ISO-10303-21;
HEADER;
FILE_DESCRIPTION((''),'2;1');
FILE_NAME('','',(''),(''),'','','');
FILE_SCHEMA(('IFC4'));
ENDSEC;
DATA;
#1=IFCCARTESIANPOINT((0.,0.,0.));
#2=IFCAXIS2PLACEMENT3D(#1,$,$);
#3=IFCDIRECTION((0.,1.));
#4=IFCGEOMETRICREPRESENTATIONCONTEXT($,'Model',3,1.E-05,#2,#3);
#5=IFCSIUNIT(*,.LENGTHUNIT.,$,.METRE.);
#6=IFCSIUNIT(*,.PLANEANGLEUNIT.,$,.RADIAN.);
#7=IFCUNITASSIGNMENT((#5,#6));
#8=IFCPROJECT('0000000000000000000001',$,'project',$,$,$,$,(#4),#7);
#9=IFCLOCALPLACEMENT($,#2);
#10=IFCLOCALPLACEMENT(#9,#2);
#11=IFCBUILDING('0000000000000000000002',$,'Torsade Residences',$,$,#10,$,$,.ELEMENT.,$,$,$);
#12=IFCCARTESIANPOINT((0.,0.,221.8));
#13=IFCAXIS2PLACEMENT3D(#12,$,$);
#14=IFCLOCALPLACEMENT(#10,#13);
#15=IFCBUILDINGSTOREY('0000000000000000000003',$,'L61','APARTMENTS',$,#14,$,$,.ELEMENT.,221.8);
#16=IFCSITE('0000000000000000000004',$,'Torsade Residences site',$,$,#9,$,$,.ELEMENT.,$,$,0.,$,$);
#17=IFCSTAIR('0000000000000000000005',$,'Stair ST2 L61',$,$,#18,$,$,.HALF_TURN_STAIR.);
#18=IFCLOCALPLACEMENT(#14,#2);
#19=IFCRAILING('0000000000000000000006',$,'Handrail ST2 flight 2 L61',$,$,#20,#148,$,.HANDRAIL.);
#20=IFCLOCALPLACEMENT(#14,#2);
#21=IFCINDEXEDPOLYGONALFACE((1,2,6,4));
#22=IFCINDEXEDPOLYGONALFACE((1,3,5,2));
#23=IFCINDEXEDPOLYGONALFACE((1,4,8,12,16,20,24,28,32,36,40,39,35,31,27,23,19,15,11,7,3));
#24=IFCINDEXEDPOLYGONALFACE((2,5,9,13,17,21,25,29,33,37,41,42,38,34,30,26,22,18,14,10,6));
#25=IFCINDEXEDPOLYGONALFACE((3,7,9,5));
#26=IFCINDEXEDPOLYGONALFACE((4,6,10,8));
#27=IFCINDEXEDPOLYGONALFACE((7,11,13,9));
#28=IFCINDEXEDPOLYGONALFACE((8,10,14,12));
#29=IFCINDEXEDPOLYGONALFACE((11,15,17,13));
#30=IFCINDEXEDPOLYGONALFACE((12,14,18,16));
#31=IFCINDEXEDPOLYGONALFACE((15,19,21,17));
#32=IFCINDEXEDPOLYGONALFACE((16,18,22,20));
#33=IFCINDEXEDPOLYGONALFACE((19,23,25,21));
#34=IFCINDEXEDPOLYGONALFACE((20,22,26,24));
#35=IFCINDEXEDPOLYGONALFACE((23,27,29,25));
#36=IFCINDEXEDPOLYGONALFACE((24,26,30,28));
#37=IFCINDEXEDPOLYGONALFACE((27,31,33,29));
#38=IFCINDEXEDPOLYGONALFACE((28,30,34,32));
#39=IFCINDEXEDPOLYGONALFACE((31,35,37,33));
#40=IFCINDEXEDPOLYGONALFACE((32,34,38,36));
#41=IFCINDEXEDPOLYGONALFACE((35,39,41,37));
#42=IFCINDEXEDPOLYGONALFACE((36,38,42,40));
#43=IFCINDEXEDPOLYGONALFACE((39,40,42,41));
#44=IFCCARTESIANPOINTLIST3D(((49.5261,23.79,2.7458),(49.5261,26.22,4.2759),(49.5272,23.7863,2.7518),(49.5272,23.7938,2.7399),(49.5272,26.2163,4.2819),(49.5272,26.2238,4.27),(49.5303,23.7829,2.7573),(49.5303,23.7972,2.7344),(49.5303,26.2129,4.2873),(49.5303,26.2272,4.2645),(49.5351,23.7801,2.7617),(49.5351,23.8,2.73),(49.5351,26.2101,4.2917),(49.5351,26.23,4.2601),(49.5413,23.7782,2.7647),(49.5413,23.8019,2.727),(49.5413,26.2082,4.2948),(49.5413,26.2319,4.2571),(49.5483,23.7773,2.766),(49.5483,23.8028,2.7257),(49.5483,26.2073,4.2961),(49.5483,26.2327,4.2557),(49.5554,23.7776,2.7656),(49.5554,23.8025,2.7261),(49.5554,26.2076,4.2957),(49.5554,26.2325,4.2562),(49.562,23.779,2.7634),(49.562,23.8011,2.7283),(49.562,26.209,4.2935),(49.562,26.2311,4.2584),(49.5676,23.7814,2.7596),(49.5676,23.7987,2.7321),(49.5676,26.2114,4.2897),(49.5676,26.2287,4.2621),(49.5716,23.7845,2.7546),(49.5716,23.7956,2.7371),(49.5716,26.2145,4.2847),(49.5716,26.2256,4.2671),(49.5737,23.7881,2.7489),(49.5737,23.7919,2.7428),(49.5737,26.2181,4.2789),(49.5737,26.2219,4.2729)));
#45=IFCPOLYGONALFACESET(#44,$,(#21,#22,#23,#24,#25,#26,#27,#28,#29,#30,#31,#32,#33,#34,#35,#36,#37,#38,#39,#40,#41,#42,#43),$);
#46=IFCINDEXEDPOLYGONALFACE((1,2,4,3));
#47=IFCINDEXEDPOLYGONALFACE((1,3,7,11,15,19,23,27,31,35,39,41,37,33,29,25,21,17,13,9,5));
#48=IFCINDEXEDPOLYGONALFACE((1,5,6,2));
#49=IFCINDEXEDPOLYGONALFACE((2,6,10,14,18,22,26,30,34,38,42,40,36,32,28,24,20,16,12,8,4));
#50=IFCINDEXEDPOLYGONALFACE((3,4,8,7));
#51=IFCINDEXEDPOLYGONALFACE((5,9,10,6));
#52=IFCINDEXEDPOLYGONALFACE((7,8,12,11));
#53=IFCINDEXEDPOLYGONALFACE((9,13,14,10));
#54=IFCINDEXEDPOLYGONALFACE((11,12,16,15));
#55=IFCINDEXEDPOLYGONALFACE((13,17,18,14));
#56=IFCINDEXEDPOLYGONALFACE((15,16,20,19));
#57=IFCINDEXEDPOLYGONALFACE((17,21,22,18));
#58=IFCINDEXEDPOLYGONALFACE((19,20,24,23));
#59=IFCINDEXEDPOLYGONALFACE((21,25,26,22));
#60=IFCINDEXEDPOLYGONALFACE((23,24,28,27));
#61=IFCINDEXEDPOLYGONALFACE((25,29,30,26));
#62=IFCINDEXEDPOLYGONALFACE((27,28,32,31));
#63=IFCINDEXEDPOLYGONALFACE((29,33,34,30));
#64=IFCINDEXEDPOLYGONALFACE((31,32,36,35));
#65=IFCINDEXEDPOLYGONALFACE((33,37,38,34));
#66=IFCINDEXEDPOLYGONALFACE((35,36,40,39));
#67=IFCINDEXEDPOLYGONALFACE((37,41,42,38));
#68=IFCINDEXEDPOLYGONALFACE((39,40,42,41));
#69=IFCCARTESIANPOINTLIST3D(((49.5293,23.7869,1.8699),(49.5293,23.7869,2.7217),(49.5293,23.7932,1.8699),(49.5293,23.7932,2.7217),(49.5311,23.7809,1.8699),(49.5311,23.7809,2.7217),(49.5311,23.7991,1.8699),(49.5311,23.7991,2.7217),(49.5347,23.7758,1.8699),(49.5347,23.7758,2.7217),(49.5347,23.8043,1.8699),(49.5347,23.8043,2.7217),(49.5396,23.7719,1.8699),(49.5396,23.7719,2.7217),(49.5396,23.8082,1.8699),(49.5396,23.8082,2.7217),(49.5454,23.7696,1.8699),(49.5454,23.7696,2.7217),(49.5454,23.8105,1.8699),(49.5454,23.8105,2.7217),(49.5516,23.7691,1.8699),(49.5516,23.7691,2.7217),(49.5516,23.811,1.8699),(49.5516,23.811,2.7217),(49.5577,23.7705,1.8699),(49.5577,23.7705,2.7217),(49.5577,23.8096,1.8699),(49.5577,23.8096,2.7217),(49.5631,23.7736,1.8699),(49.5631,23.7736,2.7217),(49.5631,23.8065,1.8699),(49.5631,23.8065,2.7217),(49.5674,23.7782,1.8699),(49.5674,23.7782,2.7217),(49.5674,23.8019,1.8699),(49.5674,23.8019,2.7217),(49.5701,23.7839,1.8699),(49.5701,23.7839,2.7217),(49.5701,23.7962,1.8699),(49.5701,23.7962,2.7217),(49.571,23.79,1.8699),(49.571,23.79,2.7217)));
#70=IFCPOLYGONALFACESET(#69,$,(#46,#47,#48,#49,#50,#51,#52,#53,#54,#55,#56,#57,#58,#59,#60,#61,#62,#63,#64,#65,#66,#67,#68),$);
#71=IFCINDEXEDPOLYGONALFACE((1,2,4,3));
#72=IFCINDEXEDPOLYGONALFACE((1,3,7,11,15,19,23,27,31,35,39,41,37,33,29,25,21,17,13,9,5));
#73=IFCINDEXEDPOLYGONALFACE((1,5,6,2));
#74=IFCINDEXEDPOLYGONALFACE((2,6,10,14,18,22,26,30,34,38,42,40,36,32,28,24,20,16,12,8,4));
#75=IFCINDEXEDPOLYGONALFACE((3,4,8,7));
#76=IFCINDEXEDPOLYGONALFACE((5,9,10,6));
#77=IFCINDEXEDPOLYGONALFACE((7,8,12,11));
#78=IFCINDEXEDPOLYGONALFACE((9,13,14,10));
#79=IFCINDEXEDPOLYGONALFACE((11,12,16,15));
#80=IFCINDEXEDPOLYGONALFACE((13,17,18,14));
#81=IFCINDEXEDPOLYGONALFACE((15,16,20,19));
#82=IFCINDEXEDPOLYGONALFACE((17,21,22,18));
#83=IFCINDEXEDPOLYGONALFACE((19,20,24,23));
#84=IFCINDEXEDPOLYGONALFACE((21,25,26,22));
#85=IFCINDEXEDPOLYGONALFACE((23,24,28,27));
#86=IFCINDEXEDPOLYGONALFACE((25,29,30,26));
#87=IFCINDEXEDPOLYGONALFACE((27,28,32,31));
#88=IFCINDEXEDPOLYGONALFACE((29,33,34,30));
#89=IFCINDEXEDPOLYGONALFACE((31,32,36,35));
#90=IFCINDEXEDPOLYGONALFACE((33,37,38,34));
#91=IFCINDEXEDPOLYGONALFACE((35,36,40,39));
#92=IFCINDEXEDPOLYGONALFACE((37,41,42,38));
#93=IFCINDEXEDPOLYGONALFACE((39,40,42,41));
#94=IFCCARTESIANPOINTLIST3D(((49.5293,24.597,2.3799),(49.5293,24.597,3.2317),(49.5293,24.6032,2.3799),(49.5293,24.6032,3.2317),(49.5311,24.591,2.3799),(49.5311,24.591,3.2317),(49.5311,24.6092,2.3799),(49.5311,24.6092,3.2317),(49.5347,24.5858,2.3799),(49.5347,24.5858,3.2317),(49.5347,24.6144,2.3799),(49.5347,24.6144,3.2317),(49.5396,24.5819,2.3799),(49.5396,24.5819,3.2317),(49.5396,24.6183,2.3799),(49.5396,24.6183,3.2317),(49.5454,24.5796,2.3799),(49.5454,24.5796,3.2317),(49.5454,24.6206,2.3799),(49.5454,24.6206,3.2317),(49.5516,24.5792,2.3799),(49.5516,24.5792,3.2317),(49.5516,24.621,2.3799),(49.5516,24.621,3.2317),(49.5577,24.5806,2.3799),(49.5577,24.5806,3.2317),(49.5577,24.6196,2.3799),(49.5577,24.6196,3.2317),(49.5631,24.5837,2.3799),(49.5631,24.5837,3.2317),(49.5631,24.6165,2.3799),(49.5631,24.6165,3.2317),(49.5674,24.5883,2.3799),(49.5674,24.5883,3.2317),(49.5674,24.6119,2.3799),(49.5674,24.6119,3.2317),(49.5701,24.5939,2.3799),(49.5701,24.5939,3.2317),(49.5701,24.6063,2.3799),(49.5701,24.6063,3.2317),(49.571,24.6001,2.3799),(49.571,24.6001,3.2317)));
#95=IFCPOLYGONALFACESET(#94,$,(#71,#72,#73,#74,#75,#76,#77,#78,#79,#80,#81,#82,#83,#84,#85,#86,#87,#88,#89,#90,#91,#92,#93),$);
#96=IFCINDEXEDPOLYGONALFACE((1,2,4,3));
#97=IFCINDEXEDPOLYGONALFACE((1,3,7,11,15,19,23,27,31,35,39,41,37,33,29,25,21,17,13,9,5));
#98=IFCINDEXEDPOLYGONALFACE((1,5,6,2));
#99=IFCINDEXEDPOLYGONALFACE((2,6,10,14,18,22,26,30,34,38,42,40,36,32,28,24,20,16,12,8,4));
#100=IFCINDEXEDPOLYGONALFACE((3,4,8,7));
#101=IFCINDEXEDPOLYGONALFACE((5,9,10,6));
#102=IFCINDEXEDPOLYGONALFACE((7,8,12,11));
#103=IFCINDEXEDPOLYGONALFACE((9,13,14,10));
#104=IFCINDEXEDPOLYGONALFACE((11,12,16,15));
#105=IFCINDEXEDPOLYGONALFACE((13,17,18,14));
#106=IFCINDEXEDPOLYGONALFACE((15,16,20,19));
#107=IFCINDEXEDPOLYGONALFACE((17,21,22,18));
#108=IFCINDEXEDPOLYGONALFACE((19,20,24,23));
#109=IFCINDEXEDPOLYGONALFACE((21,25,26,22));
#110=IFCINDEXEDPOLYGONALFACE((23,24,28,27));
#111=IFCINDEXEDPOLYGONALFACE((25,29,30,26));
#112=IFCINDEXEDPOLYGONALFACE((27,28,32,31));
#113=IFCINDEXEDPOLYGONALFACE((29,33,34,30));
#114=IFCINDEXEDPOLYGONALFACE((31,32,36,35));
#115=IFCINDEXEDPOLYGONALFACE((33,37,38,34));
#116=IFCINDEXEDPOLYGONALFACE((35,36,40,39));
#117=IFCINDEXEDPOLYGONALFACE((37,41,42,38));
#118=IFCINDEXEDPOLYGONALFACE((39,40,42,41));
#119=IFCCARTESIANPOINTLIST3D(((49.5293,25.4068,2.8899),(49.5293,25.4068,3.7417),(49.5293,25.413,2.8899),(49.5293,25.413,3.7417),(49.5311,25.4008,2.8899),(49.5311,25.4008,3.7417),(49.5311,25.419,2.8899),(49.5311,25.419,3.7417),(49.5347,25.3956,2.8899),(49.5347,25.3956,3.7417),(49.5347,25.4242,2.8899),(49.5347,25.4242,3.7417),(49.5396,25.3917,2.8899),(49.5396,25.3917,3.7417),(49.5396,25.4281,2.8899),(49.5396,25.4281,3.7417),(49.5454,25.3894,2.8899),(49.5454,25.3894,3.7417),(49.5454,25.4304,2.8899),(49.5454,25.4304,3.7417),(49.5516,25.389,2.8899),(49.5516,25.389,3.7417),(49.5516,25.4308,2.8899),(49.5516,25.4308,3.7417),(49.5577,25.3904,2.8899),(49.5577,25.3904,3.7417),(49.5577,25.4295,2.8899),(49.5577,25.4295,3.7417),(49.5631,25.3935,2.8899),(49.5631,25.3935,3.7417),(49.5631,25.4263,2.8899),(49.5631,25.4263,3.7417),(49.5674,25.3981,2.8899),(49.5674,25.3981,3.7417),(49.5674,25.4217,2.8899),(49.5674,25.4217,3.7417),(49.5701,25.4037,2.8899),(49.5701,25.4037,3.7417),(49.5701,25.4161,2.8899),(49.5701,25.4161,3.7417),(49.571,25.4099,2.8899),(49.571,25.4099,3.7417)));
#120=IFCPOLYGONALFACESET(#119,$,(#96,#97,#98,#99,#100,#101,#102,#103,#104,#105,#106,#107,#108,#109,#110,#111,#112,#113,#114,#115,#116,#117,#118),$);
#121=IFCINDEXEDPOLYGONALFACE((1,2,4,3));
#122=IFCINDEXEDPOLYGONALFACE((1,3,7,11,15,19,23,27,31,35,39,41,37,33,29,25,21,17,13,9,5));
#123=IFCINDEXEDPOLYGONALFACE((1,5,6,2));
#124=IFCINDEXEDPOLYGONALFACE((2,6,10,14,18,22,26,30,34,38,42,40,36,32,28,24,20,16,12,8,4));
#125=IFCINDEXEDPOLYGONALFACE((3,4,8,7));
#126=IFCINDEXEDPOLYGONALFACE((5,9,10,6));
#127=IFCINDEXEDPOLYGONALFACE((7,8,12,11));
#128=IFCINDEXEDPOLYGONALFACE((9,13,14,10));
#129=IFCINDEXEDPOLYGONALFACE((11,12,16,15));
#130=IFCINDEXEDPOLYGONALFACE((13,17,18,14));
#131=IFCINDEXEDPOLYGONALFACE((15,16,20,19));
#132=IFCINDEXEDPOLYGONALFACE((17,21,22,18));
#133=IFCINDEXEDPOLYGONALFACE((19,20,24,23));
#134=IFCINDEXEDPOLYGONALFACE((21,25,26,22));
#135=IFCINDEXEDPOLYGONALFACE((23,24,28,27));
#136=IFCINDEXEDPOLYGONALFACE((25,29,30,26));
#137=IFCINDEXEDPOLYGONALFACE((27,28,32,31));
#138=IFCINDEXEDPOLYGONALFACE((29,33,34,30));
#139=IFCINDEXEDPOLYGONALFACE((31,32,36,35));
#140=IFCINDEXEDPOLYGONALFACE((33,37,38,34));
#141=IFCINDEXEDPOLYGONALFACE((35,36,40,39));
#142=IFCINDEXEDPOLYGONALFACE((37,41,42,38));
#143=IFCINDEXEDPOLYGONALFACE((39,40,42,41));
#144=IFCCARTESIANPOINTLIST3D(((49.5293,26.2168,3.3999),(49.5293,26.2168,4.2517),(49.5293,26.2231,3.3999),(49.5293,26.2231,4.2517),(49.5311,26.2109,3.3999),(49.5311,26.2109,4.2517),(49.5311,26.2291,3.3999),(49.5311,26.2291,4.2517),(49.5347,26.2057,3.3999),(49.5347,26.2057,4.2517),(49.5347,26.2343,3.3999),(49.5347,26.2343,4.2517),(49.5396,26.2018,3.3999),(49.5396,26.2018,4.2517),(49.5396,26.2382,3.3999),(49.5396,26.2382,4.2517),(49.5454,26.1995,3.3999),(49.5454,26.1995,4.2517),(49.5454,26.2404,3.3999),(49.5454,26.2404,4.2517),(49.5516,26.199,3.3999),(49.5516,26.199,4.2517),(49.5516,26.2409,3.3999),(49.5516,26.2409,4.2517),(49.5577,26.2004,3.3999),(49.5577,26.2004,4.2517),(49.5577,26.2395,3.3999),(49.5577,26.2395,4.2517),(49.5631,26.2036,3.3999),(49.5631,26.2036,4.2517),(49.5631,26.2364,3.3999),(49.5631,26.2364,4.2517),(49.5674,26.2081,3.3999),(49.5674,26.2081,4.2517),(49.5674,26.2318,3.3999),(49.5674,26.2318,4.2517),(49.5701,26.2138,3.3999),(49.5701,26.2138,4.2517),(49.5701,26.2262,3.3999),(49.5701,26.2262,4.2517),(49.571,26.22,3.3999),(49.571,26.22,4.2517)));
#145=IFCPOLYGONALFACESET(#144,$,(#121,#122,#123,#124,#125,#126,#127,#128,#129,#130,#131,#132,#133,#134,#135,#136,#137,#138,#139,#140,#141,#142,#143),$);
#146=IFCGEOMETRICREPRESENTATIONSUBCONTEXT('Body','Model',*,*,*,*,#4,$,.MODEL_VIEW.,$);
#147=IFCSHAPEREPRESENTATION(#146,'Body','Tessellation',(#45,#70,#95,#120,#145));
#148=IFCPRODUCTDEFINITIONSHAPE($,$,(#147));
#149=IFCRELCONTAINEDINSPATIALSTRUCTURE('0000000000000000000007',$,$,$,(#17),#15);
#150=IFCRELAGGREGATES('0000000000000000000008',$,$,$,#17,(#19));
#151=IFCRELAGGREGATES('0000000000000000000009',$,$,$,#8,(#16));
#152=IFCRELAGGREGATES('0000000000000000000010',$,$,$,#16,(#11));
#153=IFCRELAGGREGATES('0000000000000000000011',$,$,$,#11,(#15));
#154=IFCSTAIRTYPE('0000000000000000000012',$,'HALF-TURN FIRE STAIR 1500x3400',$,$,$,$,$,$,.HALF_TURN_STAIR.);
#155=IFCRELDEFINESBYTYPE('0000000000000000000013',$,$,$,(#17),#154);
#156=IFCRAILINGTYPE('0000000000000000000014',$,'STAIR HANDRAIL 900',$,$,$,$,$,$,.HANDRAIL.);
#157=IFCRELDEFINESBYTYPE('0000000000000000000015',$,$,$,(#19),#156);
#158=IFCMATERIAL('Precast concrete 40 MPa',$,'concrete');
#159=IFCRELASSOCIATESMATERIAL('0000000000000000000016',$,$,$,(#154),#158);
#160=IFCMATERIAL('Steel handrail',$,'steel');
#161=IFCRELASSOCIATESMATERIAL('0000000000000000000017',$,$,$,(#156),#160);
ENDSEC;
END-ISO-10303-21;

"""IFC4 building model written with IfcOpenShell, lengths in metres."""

from ifc_helpers import new_model, si_unit, direction, frame, origin, origin_2d, place, context, subcontext, project, spatial, circle, extrude, material, type_object, element, aggregate, save


model = new_model("IFC4")

# Units and contexts
model_context = context("Model", 3, precision=1e-05, world=origin(), true_north=direction((0.0, 1.0)))
body_context = subcontext(model_context, "Body", "Model", "MODEL_VIEW")
ifc_project = project(units=[si_unit("LENGTHUNIT", "METRE"), si_unit("PLANEANGLEUNIT", "RADIAN")], contexts=[model_context])

# Site, building, storey
site_placement = place(None, origin())
site = spatial("IfcSite", under=ifc_project, at=site_placement, Name="Torsade Residences site", CompositionType="ELEMENT", RefElevation=0.0)
building_placement = place(site_placement, origin())
building = spatial("IfcBuilding", under=site, at=building_placement, Name="Torsade Residences", CompositionType="ELEMENT")
storey_placement = place(building_placement, frame((0.0, 0.0, 221.8)))
storey = spatial("IfcBuildingStorey", under=building, at=storey_placement, Name="L61", Description="APARTMENTS", CompositionType="ELEMENT", Elevation=221.8)

# Stair, railing
ifc_material_1 = material(Name="Precast concrete 40 MPa", Category="concrete")
stair_type = type_object("IfcStairType", Name="HALF-TURN FIRE STAIR 1500x3400", PredefinedType="HALF_TURN_STAIR", material=ifc_material_1)
stair_placement = place(storey_placement, origin())
stair = element("IfcStair", 1, at=stair_placement, inside=storey, type_object=stair_type, Name="Stair ST2 L61", PredefinedType="HALF_TURN_STAIR")
ifc_material_2 = material(Name="Steel handrail", Category="steel")
railing_type = type_object("IfcRailingType", Name="STAIR HANDRAIL 900", PredefinedType="HANDRAIL", material=ifc_material_2)
railing_1_placement = place(storey_placement, frame((49.55, 23.79, 1.8699)))
railing_1 = element("IfcRailing", 2, at=railing_1_placement, type_object=railing_type, Name="Handrail ST2 flight 2 L61", PredefinedType="HANDRAIL", context=body_context, shape_type="SweptSolid", body=[
    extrude(circle(Radius=0.0239, at=origin_2d()), frame((0.0, 0.0, 0.876), z_axis=(0.0, 0.846221, 0.532831), x_axis=(-1.0, 0.0, 0.0)), (0.0, 0.0, 1.0), 2.8716),
    extrude(circle(Radius=0.021, at=origin_2d()), origin(), (0.0, 0.0, 1.0), 0.8518),
    extrude(circle(Radius=0.021, at=origin_2d()), frame((0.0, 0.8101, 0.51)), (0.0, 0.0, 1.0), 0.8518),
    extrude(circle(Radius=0.021, at=origin_2d()), frame((0.0, 1.6199, 1.02)), (0.0, 0.0, 1.0), 0.8518),
    extrude(circle(Radius=0.021, at=origin_2d()), frame((0.0, 2.4299, 1.53)), (0.0, 0.0, 1.0), 0.8518),
])
aggregate(stair, [railing_1])

save(model, "model.ifc")
